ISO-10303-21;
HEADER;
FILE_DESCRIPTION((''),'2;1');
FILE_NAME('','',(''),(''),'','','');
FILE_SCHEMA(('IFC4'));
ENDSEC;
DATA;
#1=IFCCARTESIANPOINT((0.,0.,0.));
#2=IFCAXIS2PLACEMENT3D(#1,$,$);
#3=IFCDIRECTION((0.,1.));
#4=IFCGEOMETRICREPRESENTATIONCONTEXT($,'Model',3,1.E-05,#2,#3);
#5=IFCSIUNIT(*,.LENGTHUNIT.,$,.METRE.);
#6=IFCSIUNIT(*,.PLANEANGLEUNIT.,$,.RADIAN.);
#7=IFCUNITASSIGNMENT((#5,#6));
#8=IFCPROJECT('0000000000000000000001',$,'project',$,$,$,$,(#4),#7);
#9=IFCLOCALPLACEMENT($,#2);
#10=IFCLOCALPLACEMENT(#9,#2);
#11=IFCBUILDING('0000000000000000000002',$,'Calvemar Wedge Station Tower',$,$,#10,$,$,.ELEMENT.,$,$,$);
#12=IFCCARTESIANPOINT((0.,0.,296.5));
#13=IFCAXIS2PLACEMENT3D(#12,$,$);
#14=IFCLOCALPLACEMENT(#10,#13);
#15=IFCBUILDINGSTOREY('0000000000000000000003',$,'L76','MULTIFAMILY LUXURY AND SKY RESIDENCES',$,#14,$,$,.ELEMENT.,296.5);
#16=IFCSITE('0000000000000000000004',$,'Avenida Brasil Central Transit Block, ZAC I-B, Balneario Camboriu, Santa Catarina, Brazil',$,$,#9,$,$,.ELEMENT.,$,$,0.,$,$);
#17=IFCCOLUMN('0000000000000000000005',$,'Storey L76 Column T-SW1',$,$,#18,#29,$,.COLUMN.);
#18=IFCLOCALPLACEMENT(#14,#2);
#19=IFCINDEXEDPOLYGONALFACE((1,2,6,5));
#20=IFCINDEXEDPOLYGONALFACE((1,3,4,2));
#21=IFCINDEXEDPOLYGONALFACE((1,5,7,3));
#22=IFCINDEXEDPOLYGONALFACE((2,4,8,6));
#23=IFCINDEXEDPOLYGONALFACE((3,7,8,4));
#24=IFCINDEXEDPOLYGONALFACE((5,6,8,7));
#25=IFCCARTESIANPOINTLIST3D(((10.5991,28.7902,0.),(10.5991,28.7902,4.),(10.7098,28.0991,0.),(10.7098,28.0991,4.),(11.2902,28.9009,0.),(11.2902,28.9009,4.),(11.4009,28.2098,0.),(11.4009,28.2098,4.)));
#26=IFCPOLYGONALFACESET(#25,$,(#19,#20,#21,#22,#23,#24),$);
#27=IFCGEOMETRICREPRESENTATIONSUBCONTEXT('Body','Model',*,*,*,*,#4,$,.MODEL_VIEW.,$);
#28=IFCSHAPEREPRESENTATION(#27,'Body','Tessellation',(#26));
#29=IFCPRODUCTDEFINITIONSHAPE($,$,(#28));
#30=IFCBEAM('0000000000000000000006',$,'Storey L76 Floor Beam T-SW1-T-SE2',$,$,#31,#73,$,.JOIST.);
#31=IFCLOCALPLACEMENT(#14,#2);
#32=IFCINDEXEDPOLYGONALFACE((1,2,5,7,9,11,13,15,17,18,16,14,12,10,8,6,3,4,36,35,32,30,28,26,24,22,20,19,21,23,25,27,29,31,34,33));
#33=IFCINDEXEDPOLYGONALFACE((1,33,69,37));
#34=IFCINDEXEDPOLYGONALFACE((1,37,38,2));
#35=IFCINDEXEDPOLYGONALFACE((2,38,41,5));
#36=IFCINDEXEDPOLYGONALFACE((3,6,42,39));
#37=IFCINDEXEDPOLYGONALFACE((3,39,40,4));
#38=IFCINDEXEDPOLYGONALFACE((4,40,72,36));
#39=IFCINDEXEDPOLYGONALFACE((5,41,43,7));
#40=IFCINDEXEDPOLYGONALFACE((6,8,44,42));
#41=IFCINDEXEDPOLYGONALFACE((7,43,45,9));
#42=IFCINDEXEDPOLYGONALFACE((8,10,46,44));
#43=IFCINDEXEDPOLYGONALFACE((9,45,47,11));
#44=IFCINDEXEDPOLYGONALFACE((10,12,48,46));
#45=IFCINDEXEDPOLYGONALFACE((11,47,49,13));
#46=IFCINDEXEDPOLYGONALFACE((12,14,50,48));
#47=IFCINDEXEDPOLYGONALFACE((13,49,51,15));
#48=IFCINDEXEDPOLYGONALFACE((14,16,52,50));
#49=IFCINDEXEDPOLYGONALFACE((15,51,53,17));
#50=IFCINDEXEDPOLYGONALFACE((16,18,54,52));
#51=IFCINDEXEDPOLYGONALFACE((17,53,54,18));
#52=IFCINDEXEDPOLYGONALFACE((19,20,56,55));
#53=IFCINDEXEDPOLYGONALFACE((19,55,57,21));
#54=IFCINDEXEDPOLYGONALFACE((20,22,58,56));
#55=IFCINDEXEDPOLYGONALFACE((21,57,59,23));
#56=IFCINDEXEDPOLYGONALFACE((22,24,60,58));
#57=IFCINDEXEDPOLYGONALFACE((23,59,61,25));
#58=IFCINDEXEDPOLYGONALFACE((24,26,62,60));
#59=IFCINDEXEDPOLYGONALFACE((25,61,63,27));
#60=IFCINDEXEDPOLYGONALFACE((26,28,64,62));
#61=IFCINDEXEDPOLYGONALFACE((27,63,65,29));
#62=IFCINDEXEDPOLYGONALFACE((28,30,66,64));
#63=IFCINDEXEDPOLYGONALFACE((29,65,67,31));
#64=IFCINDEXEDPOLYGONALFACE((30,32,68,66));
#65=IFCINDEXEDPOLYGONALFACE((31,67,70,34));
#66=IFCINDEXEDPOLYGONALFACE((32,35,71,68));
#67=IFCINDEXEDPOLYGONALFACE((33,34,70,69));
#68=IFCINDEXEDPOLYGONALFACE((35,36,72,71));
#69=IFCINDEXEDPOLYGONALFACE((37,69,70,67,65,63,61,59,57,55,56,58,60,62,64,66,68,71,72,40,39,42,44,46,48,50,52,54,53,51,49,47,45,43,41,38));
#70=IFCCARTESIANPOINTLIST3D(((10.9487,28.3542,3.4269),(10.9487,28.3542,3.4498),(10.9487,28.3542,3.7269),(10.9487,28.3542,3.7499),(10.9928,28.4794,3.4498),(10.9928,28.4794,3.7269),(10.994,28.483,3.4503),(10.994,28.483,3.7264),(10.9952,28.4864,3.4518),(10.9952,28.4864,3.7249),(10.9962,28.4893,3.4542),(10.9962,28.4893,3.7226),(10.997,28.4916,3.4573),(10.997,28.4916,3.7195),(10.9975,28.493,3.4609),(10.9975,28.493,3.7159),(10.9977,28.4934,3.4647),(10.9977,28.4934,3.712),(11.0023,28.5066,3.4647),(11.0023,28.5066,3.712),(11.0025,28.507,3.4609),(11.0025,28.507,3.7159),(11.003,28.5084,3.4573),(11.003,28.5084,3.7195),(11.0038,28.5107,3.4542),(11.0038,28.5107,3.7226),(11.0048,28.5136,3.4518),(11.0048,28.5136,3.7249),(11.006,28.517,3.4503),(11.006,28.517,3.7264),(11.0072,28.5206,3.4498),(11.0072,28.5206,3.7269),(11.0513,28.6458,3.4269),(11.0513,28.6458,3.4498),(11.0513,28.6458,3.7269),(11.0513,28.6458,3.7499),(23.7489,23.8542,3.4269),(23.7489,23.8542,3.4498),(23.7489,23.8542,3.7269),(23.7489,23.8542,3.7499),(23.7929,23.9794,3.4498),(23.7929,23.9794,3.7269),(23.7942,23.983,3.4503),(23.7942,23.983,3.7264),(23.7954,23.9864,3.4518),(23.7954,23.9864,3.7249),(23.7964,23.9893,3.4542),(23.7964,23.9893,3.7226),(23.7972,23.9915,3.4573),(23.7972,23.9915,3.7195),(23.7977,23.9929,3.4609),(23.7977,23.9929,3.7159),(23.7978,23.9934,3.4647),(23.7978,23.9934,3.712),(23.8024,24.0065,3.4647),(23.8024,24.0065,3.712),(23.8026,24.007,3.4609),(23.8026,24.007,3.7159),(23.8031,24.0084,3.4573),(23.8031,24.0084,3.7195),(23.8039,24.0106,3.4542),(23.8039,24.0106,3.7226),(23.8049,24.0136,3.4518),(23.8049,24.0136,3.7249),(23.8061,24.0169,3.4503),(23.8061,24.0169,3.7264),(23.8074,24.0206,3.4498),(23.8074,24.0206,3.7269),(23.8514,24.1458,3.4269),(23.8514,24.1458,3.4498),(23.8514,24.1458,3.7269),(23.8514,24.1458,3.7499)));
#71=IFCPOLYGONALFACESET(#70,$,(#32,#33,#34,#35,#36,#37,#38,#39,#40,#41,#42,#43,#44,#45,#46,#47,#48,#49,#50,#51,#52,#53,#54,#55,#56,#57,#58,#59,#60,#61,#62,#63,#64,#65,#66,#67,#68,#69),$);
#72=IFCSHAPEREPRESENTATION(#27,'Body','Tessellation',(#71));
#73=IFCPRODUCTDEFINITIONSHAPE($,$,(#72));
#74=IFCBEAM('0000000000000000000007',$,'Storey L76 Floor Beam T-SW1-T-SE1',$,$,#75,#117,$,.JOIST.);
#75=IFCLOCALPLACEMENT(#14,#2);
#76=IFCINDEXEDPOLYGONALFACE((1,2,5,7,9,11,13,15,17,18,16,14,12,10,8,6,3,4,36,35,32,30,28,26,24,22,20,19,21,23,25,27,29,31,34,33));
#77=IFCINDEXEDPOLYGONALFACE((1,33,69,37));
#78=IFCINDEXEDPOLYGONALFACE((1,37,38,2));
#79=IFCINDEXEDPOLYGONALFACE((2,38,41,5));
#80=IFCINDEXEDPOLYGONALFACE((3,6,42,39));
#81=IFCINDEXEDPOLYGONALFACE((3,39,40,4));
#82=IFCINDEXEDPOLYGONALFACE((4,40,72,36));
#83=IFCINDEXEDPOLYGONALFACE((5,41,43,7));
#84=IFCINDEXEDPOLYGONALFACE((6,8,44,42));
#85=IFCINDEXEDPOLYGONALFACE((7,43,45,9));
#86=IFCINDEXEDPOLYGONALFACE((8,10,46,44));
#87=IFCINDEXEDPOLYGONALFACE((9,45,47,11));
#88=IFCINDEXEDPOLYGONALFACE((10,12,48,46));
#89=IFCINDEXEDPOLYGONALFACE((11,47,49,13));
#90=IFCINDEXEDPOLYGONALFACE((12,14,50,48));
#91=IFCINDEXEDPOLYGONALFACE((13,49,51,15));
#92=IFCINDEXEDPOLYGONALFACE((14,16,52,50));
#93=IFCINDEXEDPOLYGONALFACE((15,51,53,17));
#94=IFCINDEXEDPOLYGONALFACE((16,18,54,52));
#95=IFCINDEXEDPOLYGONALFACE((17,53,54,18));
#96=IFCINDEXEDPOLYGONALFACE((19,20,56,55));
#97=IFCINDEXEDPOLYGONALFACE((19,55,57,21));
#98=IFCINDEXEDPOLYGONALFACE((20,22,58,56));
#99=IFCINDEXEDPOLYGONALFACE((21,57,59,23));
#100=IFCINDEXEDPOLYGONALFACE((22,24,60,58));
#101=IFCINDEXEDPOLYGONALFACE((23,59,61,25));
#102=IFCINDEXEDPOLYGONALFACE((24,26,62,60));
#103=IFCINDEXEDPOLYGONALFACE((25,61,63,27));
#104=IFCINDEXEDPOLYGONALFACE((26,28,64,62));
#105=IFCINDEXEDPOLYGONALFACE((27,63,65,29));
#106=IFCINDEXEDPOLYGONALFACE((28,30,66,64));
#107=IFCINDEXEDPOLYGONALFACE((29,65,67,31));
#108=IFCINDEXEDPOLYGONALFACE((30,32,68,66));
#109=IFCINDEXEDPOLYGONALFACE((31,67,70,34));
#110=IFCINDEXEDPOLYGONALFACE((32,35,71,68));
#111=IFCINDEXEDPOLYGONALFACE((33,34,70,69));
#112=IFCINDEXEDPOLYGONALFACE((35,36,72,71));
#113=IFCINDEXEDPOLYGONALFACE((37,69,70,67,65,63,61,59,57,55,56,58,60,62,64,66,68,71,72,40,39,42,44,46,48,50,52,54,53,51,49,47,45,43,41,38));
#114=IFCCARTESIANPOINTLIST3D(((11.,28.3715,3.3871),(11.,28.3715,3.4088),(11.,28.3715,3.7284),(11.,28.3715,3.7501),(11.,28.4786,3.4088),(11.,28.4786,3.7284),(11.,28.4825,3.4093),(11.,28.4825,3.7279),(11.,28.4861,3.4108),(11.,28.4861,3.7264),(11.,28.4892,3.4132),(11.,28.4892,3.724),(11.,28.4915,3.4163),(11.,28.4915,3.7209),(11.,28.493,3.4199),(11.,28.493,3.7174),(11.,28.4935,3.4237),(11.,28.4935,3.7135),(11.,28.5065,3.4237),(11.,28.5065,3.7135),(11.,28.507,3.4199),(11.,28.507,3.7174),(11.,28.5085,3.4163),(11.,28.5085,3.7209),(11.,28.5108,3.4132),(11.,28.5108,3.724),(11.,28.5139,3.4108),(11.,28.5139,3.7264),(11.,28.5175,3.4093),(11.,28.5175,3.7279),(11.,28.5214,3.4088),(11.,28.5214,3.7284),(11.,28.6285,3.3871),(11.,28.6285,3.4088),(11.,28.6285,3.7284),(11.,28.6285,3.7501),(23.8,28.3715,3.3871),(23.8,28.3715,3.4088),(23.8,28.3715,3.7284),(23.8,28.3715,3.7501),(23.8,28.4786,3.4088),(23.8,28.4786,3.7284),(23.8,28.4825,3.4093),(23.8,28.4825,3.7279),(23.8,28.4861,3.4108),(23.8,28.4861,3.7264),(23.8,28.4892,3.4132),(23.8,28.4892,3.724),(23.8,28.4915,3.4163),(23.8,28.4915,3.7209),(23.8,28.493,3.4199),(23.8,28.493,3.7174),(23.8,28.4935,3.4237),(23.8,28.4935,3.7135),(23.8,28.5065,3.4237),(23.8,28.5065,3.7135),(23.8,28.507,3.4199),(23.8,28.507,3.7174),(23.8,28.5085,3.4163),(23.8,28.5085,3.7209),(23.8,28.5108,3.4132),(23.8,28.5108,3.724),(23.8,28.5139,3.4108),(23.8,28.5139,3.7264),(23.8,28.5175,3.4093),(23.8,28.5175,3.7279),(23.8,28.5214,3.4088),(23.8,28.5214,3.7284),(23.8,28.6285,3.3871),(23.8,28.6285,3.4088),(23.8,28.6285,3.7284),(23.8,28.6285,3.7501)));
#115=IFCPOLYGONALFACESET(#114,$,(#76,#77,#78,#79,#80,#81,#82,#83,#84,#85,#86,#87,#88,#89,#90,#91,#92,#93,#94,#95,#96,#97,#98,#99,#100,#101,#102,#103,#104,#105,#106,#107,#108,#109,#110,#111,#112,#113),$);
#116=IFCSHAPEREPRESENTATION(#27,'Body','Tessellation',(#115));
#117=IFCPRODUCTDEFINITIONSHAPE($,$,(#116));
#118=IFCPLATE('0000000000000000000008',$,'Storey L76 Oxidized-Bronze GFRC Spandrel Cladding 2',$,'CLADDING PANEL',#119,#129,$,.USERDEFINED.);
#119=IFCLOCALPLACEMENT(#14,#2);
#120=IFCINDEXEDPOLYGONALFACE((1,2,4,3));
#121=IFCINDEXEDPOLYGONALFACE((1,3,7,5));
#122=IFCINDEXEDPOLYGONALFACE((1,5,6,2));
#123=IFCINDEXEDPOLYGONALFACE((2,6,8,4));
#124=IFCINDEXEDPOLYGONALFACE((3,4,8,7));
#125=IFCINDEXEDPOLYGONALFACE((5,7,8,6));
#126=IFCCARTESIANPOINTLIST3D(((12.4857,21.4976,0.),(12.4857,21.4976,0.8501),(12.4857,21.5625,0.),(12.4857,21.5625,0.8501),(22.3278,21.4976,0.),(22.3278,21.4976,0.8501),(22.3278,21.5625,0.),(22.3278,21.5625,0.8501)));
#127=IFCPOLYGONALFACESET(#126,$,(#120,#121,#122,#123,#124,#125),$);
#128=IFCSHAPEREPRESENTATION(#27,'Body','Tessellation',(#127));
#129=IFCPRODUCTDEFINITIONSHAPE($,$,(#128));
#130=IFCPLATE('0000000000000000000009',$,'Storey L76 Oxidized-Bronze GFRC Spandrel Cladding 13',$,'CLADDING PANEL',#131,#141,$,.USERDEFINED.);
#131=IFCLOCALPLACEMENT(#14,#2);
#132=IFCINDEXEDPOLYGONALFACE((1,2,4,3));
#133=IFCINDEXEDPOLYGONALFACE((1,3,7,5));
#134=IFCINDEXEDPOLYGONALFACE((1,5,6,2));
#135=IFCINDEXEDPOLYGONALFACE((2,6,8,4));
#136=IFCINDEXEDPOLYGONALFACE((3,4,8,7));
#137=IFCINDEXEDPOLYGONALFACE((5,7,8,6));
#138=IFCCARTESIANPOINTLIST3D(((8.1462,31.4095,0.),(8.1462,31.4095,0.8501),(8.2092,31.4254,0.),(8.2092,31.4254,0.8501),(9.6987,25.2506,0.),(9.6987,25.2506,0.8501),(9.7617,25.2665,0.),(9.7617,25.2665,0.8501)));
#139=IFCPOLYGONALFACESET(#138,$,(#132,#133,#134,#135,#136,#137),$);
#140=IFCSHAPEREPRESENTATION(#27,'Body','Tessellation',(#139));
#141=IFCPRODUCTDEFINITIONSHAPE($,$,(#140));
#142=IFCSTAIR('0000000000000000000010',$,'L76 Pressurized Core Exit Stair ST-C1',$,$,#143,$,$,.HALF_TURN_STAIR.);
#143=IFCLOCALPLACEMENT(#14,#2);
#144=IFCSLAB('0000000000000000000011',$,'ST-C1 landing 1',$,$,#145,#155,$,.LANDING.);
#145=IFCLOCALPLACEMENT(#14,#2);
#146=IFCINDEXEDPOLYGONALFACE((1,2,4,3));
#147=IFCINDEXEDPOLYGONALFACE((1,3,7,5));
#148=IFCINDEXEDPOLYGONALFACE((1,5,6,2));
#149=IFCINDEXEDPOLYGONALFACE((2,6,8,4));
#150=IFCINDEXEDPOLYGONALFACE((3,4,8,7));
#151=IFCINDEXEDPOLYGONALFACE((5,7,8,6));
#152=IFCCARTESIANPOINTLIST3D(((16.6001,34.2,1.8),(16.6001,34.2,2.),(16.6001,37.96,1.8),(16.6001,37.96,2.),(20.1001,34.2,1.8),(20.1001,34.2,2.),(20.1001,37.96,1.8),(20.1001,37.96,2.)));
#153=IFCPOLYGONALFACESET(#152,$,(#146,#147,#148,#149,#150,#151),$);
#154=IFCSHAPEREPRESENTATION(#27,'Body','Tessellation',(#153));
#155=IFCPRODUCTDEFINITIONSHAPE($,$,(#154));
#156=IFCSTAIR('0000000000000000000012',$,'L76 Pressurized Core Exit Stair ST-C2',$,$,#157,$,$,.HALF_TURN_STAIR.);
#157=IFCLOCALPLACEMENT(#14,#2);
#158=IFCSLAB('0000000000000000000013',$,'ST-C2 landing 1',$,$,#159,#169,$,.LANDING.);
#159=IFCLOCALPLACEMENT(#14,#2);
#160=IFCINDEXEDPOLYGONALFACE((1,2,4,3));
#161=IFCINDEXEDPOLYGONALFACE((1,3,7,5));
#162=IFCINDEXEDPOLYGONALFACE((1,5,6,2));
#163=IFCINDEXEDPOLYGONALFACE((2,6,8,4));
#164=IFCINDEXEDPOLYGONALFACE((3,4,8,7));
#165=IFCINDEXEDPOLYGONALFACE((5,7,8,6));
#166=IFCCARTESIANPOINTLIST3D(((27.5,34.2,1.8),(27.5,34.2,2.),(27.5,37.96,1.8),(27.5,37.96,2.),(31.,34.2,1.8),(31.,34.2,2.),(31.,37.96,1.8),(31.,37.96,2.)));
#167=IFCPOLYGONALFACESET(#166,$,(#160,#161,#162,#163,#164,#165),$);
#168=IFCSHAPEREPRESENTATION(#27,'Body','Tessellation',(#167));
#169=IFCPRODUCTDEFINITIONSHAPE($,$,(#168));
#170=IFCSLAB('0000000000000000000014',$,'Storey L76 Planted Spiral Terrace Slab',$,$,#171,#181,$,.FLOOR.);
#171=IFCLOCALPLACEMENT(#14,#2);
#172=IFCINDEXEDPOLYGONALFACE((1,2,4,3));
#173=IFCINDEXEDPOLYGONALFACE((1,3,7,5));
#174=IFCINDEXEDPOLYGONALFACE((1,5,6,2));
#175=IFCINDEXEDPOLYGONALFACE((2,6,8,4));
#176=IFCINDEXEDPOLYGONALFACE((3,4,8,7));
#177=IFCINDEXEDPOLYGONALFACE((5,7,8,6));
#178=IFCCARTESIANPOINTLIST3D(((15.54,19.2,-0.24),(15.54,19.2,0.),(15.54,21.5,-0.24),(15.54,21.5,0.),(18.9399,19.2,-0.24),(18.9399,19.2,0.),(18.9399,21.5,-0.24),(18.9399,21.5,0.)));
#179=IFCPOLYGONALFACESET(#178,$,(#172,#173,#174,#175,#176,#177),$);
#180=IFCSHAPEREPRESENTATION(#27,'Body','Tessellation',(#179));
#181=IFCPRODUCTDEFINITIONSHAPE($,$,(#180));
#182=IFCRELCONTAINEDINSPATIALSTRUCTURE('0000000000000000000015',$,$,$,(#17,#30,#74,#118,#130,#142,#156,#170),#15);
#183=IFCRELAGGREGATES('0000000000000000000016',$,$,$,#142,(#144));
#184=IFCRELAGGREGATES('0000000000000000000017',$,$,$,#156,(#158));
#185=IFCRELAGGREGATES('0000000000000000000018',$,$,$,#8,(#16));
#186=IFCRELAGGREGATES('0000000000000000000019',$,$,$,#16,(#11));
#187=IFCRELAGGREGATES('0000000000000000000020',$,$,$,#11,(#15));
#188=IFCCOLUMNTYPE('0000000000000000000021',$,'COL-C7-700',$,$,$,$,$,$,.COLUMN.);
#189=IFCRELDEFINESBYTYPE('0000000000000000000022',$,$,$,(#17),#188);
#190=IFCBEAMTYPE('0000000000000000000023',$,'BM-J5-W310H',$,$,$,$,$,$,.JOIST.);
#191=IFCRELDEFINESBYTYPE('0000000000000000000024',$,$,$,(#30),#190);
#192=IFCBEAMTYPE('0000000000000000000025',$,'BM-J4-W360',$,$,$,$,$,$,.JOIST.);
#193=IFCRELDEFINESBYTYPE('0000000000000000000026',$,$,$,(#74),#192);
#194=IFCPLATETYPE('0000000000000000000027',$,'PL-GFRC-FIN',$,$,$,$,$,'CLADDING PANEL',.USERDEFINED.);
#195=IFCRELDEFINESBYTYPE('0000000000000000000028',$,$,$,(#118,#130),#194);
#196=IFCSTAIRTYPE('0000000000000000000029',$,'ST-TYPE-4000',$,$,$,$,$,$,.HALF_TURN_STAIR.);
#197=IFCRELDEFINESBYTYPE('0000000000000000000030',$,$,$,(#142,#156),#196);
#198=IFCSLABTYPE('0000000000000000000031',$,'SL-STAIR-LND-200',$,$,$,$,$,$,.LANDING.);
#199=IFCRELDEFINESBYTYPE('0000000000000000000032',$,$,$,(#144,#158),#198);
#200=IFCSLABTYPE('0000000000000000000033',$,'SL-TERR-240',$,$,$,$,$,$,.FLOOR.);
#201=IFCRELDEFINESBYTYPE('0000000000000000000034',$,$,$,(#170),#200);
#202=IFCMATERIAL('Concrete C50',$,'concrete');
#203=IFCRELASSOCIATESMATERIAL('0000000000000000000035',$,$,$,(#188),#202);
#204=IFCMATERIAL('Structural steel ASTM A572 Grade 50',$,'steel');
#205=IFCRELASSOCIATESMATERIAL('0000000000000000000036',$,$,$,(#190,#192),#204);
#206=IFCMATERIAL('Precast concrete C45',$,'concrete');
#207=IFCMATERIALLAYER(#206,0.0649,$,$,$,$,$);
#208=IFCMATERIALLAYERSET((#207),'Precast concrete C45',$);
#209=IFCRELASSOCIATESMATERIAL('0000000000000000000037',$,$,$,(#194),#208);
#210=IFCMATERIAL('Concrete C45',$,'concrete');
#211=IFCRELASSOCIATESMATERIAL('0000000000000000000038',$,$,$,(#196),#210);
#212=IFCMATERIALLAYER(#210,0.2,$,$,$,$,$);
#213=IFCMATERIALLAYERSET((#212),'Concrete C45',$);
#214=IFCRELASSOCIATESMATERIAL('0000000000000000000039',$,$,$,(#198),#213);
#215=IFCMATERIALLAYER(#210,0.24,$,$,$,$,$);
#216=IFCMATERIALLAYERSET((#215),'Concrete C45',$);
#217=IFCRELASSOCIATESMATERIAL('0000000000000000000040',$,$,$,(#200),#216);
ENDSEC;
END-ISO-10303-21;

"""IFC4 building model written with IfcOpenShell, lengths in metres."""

from ifc_helpers import new_model, si_unit, direction, frame, frame_2d, origin, origin_2d, place, context, subcontext, project, spatial, polyline, rectangle, i_section, outline, extrude, source, transform, mapped, material, layer, layer_set, material_profile, profile_set, type_object, element, aggregate, save


model = new_model("IFC4")

# Units and contexts
model_context = context("Model", 3, precision=1e-05, world=origin(), true_north=direction((0.0, 1.0)))
body_context = subcontext(model_context, "Body", "Model", "MODEL_VIEW")
ifc_project = project(units=[si_unit("LENGTHUNIT", "METRE"), si_unit("PLANEANGLEUNIT", "RADIAN")], contexts=[model_context])

# Site, building, storey
site_placement = place(None, origin())
site = spatial("IfcSite", under=ifc_project, at=site_placement, Name="Avenida Brasil Central Transit Block, ZAC I-B, Balneario Camboriu, Santa Catarina, Brazil", CompositionType="ELEMENT", RefElevation=0.0)
building_placement = place(site_placement, origin())
building = spatial("IfcBuilding", under=site, at=building_placement, Name="Calvemar Wedge Station Tower", CompositionType="ELEMENT")
storey_placement = place(building_placement, frame((0.0, 0.0, 296.5)))
storey = spatial("IfcBuildingStorey", under=building, at=storey_placement, Name="L76", Description="MULTIFAMILY LUXURY AND SKY RESIDENCES", CompositionType="ELEMENT", Elevation=296.5)

# Column
ifc_material_1 = material(Name="Concrete C50", Category="concrete")
ifc_material_profile_1 = material_profile(ifc_material_1, rectangle(XDim=0.7, YDim=0.7, at=origin_2d()), Name="RC700x700")
ifc_profile_set_1 = profile_set([ifc_material_profile_1], Name="Concrete C50")
column_type = type_object("IfcColumnType", Name="COL-C7-700", PredefinedType="COLUMN", material=ifc_profile_set_1)
shared_shape_1 = source(origin(), body_context, "Body", "SweptSolid", [
    extrude(rectangle(XDim=0.7, YDim=0.7, at=origin_2d()), origin(), (0.0, 0.0, 1.0), 4.0),
])
column_placement = place(storey_placement, frame((11.0, 28.5, 0.0), z_axis=(0.0, 0.0, 1.0), x_axis=(0.158158, -0.987414, 0.0)))
element("IfcColumn", 1, at=column_placement, inside=storey, type_object=column_type, Name="Storey L76 Column T-SW1", PredefinedType="COLUMN", context=body_context, shape_type="MappedRepresentation", body=[
    mapped(shared_shape_1, transform((0.0, 0.0, 0.0), scale=1.0)),
])

# Beams
ifc_material_2 = material(Name="Structural steel ASTM A572 Grade 50", Category="steel")
ifc_material_profile_2 = material_profile(ifc_material_2, i_section(OverallWidth=0.3091, OverallDepth=0.323, WebThickness=0.0139, FlangeThickness=0.0229, FilletRadius=0.0149, at=origin_2d()), Name="W310x143")
ifc_profile_set_2 = profile_set([ifc_material_profile_2], Name="Structural steel ASTM A572 Grade 50")
beam_type_1 = type_object("IfcBeamType", Name="BM-J5-W310H", PredefinedType="JOIST", material=ifc_profile_set_2)
shared_shape_2 = source(origin(), body_context, "Body", "SweptSolid", [
    extrude(i_section(OverallWidth=0.3091, OverallDepth=0.323, WebThickness=0.0139, FlangeThickness=0.0229, FilletRadius=0.0149, at=origin_2d()), origin(), (0.0, 0.0, 1.0), 13.5681),
])
beam_1_placement = place(storey_placement, frame((11.0, 28.5, 3.5884), z_axis=(0.943398, -0.331662, 0.0), x_axis=(0.331662, 0.943398, 0.0)))
element("IfcBeam", 2, at=beam_1_placement, inside=storey, type_object=beam_type_1, Name="Storey L76 Floor Beam T-SW1-T-SE2", PredefinedType="JOIST", context=body_context, shape_type="MappedRepresentation", body=[
    mapped(shared_shape_2, transform((0.0, 0.0, 0.0), scale=1.0)),
])
ifc_material_profile_3 = material_profile(ifc_material_2, i_section(OverallWidth=0.2571, OverallDepth=0.363, WebThickness=0.0129, FlangeThickness=0.0217, FilletRadius=0.0149, at=origin_2d()), Name="W360x122")
ifc_profile_set_3 = profile_set([ifc_material_profile_3], Name="Structural steel ASTM A572 Grade 50")
beam_type_2 = type_object("IfcBeamType", Name="BM-J4-W360", PredefinedType="JOIST", material=ifc_profile_set_3)
shared_shape_3 = source(origin(), body_context, "Body", "SweptSolid", [
    extrude(i_section(OverallWidth=0.2571, OverallDepth=0.363, WebThickness=0.0129, FlangeThickness=0.0217, FilletRadius=0.0149, at=origin_2d()), origin(), (0.0, 0.0, 1.0), 12.8),
])
beam_2_placement = place(storey_placement, frame((11.0, 28.5, 3.5686), z_axis=(1.0, 0.0, 0.0), x_axis=(0.0, 1.0, 0.0)))
element("IfcBeam", 3, at=beam_2_placement, inside=storey, type_object=beam_type_2, Name="Storey L76 Floor Beam T-SW1-T-SE1", PredefinedType="JOIST", context=body_context, shape_type="MappedRepresentation", body=[
    mapped(shared_shape_3, transform((0.0, 0.0, 0.0), scale=1.0)),
])

# Plates
ifc_material_3 = material(Name="Precast concrete C45", Category="concrete")
ifc_layer_1 = layer(ifc_material_3, 0.0649)
ifc_layer_set_1 = layer_set([ifc_layer_1], Name="Precast concrete C45")
plate_type = type_object("IfcPlateType", Name="PL-GFRC-FIN", ElementType="CLADDING PANEL", PredefinedType="USERDEFINED", material=ifc_layer_set_1)
plate_1_placement = place(storey_placement, frame((12.4858, 21.53, 0.0), z_axis=(0.0, 0.0, 1.0), x_axis=(1.0, 0.0, 0.0)))
element("IfcPlate", 4, at=plate_1_placement, inside=storey, type_object=plate_type, Name="Storey L76 Oxidized-Bronze GFRC Spandrel Cladding 2", ObjectType="CLADDING PANEL", PredefinedType="USERDEFINED", context=body_context, shape_type="SweptSolid", body=[
    extrude(rectangle(XDim=9.842, YDim=0.0649, at=frame_2d((4.9209, 0.0))), origin(), (0.0, 0.0, 1.0), 0.8501),
])
plate_2_placement = place(storey_placement, frame((8.1777, 31.4175, 0.0), z_axis=(0.0, 0.0, 1.0), x_axis=(0.244425, -0.969668, 0.0)))
element("IfcPlate", 5, at=plate_2_placement, inside=storey, type_object=plate_type, Name="Storey L76 Oxidized-Bronze GFRC Spandrel Cladding 13", ObjectType="CLADDING PANEL", PredefinedType="USERDEFINED", context=body_context, shape_type="SweptSolid", body=[
    extrude(rectangle(XDim=6.3516, YDim=0.0649, at=frame_2d((3.1758, 0.0))), origin(), (0.0, 0.0, 1.0), 0.8501),
])

# Stairs, slabs
ifc_material_4 = material(Name="Concrete C45", Category="concrete")
stair_type = type_object("IfcStairType", Name="ST-TYPE-4000", PredefinedType="HALF_TURN_STAIR", material=ifc_material_4)
stair_1_placement = place(storey_placement, origin())
stair_1 = element("IfcStair", 6, at=stair_1_placement, inside=storey, type_object=stair_type, Name="L76 Pressurized Core Exit Stair ST-C1", PredefinedType="HALF_TURN_STAIR")
ifc_layer_2 = layer(ifc_material_4, 0.2)
ifc_layer_set_2 = layer_set([ifc_layer_2], Name="Concrete C45")
slab_type_1 = type_object("IfcSlabType", Name="SL-STAIR-LND-200", PredefinedType="LANDING", material=ifc_layer_set_2)
slab_1_placement = place(storey_placement, frame((0.0, 0.0, 1.8)))
slab_1 = element("IfcSlab", 7, at=slab_1_placement, type_object=slab_type_1, Name="ST-C1 landing 1", PredefinedType="LANDING", context=body_context, shape_type="SweptSolid", body=[
    extrude(outline(polyline([(16.6001, 37.96), (16.6001, 34.2), (20.1001, 34.2), (20.1001, 37.96), (16.6001, 37.96)])), origin(), (0.0, 0.0, 1.0), 0.2),
])
aggregate(stair_1, [slab_1])
stair_2_placement = place(storey_placement, origin())
stair_2 = element("IfcStair", 8, at=stair_2_placement, inside=storey, type_object=stair_type, Name="L76 Pressurized Core Exit Stair ST-C2", PredefinedType="HALF_TURN_STAIR")
slab_2_placement = place(storey_placement, frame((0.0, 0.0, 1.8)))
slab_2 = element("IfcSlab", 9, at=slab_2_placement, type_object=slab_type_1, Name="ST-C2 landing 1", PredefinedType="LANDING", context=body_context, shape_type="SweptSolid", body=[
    extrude(outline(polyline([(27.5, 37.96), (27.5, 34.2), (31.0, 34.2), (31.0, 37.96), (27.5, 37.96)])), origin(), (0.0, 0.0, 1.0), 0.2),
])
aggregate(stair_2, [slab_2])

# Slab
ifc_layer_3 = layer(ifc_material_4, 0.24)
ifc_layer_set_3 = layer_set([ifc_layer_3], Name="Concrete C45")
slab_type_2 = type_object("IfcSlabType", Name="SL-TERR-240", PredefinedType="FLOOR", material=ifc_layer_set_3)
slab_3_placement = place(storey_placement, frame((0.0, 0.0, -0.24)))
element("IfcSlab", 10, at=slab_3_placement, inside=storey, type_object=slab_type_2, Name="Storey L76 Planted Spiral Terrace Slab", PredefinedType="FLOOR", context=body_context, shape_type="SweptSolid", body=[
    extrude(outline(polyline([(15.54, 21.5), (15.54, 19.2), (18.9399, 19.2), (18.9399, 21.5), (15.54, 21.5)])), origin(), (0.0, 0.0, 1.0), 0.24),
])

save(model, "model.ifc")
